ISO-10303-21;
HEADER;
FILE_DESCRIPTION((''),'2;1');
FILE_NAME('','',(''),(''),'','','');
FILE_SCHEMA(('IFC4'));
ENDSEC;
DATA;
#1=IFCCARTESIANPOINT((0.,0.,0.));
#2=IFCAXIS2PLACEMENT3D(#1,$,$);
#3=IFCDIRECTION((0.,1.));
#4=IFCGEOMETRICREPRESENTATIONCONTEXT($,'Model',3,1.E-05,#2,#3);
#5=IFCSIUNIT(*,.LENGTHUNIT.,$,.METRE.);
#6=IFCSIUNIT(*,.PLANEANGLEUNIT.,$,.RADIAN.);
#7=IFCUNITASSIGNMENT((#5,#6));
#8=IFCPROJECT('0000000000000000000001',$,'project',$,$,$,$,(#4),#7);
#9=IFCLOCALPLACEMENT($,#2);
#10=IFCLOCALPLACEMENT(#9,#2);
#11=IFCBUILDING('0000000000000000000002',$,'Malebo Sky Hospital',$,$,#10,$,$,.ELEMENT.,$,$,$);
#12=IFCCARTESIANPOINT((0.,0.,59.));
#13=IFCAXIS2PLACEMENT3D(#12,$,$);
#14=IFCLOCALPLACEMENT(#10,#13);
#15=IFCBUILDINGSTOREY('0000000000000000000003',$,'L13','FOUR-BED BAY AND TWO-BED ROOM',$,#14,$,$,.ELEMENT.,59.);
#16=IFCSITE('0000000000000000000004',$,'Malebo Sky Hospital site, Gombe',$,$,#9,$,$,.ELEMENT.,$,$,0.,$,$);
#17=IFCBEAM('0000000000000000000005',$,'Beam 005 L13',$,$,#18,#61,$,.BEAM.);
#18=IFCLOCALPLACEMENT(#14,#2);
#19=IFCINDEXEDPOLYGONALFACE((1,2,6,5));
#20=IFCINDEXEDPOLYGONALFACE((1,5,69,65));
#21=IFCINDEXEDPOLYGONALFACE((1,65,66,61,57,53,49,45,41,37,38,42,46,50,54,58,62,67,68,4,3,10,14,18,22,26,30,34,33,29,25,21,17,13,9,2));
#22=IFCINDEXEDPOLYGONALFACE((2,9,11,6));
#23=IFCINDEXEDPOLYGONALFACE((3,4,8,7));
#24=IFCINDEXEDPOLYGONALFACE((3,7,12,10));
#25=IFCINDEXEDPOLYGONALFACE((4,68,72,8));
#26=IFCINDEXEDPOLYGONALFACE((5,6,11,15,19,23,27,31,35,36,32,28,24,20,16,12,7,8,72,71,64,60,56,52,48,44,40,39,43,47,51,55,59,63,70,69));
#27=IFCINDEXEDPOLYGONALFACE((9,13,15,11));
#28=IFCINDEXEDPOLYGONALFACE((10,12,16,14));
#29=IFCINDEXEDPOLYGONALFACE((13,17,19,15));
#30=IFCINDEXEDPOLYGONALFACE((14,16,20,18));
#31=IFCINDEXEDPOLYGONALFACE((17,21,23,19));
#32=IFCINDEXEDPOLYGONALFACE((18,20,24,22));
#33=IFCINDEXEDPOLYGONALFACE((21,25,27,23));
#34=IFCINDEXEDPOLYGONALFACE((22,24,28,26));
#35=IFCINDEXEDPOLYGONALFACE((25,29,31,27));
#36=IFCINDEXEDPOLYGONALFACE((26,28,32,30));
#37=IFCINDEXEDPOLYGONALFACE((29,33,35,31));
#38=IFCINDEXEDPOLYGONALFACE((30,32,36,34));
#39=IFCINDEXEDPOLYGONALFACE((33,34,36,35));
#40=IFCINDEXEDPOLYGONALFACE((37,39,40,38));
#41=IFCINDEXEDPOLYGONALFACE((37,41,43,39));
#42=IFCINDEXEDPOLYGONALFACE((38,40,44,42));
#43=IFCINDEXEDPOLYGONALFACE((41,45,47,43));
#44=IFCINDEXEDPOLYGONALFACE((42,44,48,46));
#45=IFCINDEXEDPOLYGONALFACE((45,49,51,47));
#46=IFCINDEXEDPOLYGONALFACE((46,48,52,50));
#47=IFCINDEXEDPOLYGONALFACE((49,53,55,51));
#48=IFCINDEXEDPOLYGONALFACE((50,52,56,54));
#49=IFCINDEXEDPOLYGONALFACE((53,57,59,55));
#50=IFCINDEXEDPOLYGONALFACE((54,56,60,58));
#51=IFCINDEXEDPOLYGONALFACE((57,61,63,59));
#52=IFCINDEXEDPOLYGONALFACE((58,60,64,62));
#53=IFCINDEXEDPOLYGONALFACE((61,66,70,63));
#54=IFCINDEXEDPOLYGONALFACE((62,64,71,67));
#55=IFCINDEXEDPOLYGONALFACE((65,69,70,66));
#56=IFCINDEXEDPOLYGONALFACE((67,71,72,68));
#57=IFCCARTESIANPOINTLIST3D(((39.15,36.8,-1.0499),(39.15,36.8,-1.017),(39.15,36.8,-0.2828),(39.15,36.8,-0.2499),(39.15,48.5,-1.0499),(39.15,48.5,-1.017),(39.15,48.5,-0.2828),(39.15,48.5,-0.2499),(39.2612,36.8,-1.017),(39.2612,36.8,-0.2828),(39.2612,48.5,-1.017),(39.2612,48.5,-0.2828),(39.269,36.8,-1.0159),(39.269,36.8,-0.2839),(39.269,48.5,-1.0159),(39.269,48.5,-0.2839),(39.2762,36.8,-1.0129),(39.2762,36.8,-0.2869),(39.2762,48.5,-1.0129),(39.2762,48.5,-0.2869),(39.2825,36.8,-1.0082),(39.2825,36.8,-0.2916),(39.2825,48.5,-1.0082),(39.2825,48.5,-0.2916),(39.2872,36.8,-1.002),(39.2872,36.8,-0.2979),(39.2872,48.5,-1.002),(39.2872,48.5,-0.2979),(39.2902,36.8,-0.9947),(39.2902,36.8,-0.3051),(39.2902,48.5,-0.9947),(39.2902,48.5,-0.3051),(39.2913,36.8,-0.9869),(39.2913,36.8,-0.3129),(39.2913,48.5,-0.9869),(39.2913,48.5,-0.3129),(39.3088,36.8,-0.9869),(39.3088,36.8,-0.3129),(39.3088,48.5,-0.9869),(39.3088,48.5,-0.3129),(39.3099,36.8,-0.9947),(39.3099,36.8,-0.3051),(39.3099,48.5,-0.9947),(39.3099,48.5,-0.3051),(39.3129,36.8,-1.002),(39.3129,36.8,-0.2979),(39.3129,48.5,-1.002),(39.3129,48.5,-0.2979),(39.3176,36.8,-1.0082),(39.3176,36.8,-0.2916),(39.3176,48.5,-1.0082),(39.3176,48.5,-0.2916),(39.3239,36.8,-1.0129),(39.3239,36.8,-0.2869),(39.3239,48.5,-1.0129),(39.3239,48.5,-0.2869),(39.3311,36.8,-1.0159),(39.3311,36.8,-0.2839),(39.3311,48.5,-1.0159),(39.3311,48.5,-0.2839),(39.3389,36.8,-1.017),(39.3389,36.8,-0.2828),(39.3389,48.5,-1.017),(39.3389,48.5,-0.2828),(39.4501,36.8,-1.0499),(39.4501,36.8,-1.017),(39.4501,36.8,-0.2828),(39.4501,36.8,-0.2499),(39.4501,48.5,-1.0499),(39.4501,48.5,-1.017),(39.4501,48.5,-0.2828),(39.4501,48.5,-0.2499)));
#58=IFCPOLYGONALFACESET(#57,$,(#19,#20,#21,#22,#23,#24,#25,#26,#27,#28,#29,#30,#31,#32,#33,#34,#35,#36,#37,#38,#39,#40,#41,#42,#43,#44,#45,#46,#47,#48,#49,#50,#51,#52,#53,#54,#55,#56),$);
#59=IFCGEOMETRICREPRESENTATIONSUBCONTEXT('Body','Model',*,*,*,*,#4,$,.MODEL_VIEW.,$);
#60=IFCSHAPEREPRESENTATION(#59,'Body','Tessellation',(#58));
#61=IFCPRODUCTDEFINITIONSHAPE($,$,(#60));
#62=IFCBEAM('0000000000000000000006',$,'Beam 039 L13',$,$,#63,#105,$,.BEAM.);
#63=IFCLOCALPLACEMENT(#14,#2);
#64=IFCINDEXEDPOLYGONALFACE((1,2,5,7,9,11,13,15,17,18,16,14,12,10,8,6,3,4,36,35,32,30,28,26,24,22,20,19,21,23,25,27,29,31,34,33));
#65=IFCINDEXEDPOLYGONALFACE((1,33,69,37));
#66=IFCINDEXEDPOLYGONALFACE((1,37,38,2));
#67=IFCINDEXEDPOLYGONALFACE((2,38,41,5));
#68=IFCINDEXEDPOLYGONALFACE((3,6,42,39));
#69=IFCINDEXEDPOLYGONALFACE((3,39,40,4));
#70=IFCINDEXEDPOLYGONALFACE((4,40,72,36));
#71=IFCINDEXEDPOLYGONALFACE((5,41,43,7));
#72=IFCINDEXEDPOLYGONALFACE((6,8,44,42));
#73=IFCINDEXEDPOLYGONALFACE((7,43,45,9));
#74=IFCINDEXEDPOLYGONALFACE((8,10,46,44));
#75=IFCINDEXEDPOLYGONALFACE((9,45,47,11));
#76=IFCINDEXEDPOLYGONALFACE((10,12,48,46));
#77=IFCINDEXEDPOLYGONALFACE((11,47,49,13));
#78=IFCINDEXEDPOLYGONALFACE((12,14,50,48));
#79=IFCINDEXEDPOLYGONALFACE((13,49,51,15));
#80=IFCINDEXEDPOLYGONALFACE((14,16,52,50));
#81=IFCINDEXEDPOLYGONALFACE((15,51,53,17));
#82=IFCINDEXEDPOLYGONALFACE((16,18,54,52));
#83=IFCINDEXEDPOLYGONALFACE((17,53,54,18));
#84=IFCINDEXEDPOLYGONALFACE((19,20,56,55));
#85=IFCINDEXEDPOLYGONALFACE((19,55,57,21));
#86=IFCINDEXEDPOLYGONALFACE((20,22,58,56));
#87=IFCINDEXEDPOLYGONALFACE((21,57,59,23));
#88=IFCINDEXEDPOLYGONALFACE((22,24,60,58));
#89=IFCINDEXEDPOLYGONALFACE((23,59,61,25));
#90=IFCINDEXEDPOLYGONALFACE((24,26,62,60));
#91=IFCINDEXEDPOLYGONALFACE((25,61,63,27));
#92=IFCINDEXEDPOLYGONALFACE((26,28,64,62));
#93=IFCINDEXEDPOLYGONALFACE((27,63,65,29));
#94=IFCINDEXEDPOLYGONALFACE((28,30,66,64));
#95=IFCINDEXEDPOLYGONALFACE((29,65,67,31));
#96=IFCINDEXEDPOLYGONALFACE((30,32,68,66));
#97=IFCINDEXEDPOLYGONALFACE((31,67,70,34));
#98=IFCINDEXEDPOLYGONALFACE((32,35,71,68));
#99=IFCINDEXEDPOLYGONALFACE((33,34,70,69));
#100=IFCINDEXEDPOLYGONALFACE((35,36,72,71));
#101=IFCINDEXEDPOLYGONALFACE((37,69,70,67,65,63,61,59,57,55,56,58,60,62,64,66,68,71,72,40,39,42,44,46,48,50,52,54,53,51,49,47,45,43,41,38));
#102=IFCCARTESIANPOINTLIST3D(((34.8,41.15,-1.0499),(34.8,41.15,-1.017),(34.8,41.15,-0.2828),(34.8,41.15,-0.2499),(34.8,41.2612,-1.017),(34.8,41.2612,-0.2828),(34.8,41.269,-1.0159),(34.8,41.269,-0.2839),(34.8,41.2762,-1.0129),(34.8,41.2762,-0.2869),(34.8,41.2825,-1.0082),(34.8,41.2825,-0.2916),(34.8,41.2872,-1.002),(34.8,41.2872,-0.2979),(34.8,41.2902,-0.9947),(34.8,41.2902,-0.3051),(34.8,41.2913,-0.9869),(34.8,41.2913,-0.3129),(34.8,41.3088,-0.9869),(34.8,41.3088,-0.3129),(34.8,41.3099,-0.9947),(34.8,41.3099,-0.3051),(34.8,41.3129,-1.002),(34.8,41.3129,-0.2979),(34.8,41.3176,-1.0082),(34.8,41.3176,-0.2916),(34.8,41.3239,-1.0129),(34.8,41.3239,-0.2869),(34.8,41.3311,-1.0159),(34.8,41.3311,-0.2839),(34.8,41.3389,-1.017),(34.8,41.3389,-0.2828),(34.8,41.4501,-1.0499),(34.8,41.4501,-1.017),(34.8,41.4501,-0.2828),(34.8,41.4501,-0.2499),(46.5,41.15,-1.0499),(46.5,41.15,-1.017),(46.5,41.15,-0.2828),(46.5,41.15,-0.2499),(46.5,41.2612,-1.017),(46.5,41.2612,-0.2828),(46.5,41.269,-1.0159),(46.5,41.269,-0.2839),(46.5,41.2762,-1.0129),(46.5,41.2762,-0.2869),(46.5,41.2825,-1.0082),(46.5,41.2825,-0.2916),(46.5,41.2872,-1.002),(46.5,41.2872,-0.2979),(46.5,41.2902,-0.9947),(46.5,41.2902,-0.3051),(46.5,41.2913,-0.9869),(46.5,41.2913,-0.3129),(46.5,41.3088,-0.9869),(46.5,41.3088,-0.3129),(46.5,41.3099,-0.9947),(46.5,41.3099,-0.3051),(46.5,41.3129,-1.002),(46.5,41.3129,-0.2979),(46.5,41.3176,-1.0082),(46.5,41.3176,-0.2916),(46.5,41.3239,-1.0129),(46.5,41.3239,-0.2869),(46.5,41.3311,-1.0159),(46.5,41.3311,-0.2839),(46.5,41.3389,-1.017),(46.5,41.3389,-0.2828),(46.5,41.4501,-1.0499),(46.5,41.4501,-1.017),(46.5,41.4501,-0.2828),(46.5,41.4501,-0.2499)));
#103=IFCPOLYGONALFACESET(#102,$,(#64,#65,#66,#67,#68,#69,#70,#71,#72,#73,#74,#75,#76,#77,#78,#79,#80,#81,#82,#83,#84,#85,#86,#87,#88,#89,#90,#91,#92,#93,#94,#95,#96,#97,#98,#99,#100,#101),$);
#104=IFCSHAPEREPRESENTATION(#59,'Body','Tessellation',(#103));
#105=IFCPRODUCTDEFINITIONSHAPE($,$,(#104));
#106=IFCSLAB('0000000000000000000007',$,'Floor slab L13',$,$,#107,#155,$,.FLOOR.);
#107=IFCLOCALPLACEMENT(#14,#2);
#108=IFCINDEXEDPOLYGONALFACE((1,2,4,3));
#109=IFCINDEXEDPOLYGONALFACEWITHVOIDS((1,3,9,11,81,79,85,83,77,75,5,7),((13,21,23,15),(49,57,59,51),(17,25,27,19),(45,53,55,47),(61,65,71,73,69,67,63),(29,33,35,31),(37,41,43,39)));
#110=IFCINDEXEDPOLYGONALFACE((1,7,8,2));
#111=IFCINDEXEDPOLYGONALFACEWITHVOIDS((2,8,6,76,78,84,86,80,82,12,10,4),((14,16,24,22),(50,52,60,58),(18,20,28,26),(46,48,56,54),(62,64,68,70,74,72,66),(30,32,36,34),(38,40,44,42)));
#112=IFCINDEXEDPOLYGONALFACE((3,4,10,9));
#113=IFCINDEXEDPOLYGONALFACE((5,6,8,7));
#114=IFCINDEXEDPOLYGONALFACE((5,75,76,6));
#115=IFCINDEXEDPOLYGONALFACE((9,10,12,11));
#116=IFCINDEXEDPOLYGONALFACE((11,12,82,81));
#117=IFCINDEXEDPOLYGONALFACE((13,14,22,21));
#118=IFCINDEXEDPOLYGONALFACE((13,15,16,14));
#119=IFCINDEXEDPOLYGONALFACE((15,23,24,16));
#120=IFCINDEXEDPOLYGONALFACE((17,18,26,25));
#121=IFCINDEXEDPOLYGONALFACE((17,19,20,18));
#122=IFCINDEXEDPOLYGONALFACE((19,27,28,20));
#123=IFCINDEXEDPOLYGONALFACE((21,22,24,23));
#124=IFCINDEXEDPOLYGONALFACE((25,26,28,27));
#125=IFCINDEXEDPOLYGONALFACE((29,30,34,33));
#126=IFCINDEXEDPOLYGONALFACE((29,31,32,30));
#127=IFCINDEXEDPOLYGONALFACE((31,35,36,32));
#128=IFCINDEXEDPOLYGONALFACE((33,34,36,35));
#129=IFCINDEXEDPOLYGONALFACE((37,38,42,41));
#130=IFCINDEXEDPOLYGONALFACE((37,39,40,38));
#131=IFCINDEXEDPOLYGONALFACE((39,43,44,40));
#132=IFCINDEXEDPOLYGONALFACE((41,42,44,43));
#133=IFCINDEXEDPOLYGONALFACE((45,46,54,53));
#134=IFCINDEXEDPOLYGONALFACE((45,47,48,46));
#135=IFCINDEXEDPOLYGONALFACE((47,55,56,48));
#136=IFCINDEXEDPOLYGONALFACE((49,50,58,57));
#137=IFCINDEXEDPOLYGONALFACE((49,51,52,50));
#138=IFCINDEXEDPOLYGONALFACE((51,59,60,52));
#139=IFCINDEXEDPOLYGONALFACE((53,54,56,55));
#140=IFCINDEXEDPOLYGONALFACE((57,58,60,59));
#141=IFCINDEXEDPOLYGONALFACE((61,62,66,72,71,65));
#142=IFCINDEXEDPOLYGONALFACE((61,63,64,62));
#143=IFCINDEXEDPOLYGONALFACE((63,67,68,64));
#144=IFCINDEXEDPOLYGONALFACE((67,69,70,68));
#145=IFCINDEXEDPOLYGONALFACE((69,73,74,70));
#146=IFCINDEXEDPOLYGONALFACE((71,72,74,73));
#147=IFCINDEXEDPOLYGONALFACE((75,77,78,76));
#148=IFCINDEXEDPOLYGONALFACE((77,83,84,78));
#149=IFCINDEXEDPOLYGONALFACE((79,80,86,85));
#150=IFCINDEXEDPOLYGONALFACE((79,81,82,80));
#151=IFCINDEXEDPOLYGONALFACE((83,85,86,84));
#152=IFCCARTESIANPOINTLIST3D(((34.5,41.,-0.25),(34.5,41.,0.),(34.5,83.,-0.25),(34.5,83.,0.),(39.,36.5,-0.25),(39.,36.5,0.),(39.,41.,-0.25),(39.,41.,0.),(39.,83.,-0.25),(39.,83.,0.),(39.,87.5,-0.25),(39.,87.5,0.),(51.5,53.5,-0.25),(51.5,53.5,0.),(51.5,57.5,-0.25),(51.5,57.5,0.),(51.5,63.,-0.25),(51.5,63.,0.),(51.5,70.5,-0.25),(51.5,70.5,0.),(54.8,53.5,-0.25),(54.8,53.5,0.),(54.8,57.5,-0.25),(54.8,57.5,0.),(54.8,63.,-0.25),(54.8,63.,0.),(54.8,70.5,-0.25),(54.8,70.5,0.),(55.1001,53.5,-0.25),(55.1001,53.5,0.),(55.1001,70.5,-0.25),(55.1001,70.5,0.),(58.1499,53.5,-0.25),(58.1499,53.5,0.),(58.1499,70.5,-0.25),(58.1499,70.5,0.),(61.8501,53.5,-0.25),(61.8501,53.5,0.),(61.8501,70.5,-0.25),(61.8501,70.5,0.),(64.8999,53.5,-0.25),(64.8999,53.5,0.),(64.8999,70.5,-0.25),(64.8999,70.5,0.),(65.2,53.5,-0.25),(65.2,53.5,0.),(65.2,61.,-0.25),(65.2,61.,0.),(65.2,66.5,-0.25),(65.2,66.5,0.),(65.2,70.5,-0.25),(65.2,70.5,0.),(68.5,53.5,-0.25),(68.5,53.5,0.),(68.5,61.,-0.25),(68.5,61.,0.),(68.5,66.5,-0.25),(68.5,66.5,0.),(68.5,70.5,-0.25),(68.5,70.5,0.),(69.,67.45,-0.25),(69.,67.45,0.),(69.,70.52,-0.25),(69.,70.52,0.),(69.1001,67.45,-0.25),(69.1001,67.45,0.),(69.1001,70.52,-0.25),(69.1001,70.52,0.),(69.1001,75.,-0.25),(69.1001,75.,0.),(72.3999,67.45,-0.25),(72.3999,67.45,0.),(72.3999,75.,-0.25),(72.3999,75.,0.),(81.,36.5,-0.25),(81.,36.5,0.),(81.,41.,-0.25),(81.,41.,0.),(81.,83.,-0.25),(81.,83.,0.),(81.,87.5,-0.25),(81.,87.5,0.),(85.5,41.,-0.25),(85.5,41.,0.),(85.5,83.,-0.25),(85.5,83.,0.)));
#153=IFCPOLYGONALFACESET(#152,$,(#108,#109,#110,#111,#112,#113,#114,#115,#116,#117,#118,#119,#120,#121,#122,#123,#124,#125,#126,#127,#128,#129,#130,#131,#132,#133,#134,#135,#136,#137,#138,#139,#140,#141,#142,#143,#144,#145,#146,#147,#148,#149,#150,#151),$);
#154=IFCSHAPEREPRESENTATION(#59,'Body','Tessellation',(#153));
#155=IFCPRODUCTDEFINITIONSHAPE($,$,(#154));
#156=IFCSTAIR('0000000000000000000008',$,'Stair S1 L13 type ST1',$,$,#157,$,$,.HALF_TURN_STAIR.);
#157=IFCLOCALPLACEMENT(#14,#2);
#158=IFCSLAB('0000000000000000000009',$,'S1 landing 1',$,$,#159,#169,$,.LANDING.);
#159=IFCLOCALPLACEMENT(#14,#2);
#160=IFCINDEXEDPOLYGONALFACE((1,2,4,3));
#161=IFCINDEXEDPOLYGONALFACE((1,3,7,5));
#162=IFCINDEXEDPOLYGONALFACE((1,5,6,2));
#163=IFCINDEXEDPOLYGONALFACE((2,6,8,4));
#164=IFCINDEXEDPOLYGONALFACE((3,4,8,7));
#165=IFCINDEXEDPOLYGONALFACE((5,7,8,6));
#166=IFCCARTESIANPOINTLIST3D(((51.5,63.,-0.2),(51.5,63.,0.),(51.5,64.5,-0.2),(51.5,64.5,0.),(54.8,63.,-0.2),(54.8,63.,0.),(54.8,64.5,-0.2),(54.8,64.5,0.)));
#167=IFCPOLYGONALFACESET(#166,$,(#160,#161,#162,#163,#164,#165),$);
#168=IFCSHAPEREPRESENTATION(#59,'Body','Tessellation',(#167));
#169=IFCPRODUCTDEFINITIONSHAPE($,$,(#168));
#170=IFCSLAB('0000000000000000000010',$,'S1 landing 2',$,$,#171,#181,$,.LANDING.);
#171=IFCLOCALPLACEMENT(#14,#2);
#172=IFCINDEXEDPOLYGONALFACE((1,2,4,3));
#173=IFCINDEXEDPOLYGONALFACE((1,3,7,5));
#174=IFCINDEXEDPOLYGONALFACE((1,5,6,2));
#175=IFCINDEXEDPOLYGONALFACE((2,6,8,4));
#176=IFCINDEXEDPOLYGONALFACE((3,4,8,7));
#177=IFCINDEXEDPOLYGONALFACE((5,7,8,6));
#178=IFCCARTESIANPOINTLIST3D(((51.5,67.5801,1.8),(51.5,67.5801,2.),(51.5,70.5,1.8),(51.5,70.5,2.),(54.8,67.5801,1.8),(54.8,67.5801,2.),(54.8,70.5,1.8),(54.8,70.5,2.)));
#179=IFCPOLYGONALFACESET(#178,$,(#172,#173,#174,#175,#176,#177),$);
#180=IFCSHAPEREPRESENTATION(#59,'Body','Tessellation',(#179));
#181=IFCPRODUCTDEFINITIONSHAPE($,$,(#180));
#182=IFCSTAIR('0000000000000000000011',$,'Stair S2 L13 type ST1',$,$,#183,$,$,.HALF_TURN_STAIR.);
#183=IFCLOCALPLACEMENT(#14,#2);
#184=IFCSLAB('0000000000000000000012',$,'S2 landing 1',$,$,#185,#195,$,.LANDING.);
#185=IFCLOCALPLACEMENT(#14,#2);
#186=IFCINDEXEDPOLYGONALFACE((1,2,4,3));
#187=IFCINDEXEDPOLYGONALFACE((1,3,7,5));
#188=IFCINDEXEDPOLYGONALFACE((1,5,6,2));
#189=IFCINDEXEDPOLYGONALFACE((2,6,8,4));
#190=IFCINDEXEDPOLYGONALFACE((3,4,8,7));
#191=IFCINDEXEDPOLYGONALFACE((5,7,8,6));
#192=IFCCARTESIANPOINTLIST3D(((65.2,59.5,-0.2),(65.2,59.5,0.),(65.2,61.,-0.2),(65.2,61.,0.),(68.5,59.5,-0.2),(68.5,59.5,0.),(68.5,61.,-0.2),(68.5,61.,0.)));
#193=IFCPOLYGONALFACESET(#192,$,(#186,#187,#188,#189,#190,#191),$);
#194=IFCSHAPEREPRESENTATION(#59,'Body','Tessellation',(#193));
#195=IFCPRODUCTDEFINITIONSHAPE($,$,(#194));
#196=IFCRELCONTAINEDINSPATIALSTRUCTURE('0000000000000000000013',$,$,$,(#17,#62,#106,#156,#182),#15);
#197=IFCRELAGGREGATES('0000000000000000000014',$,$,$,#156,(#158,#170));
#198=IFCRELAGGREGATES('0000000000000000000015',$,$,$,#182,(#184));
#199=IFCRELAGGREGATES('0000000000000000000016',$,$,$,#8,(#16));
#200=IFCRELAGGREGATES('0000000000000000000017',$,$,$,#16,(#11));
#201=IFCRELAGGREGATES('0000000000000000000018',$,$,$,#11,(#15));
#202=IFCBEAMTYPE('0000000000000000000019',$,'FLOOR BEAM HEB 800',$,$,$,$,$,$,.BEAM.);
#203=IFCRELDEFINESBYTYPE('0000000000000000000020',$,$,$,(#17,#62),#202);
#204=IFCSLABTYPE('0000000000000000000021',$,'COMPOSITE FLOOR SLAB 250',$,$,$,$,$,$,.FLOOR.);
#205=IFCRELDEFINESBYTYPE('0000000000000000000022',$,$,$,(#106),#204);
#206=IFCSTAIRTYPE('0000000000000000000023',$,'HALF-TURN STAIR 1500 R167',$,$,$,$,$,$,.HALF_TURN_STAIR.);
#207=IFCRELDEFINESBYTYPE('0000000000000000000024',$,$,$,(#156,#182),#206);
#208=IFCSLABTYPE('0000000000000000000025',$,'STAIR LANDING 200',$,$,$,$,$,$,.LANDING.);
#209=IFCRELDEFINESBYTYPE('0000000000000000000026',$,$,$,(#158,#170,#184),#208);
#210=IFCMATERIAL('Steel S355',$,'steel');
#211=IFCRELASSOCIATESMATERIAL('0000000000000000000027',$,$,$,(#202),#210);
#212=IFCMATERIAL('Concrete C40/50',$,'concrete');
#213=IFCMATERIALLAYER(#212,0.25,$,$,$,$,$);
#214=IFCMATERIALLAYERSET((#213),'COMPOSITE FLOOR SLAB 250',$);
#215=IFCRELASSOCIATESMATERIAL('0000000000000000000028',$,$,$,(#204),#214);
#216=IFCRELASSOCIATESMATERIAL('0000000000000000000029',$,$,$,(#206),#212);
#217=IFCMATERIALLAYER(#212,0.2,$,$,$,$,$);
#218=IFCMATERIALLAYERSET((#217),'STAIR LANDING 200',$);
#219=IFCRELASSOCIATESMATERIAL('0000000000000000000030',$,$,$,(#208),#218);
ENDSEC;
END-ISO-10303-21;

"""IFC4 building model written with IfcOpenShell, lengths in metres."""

from ifc_helpers import new_model, si_unit, direction, frame, origin, origin_2d, place, context, subcontext, project, spatial, polyline, i_section, outline, extrude, material, layer, layer_set, material_profile, profile_set, type_object, element, aggregate, save


model = new_model("IFC4")

# Units and contexts
model_context = context("Model", 3, precision=1e-05, world=origin(), true_north=direction((0.0, 1.0)))
body_context = subcontext(model_context, "Body", "Model", "MODEL_VIEW")
ifc_project = project(units=[si_unit("LENGTHUNIT", "METRE"), si_unit("PLANEANGLEUNIT", "RADIAN")], contexts=[model_context])

# Site, building, storey
site_placement = place(None, origin())
site = spatial("IfcSite", under=ifc_project, at=site_placement, Name="Malebo Sky Hospital site, Gombe", CompositionType="ELEMENT", RefElevation=0.0)
building_placement = place(site_placement, origin())
building = spatial("IfcBuilding", under=site, at=building_placement, Name="Malebo Sky Hospital", CompositionType="ELEMENT")
storey_placement = place(building_placement, frame((0.0, 0.0, 59.0)))
storey = spatial("IfcBuildingStorey", under=building, at=storey_placement, Name="L13", Description="FOUR-BED BAY AND TWO-BED ROOM", CompositionType="ELEMENT", Elevation=59.0)

# Shared definitions
ifc_material_1 = material(Name="Steel S355", Category="steel")

# Beams
ifc_material_profile_1 = material_profile(ifc_material_1, i_section(OverallWidth=0.3, OverallDepth=0.8, WebThickness=0.0176, FlangeThickness=0.033, FilletRadius=0.03, at=origin_2d()), Name="HEB 800")
ifc_profile_set_1 = profile_set([ifc_material_profile_1], Name="Steel S355")
beam_type_1 = type_object("IfcBeamType", Name="FLOOR BEAM HEB 800", PredefinedType="BEAM", material=ifc_profile_set_1)
for number, where, z_axis, x_axis, name in (
    (1, (39.3, 36.8, -0.6499), (0.0, 1.0, 0.0), (-1.0, 0.0, 0.0), "Beam 005 L13"),
    (2, (34.8, 41.3, -0.6499), (1.0, 0.0, 0.0), (0.0, 1.0, 0.0), "Beam 039 L13"),
):
    element("IfcBeam", number, at=place(storey_placement, frame(where, z_axis=z_axis, x_axis=x_axis)), inside=storey, type_object=beam_type_1, Name=name, PredefinedType="BEAM", context=body_context, shape_type="SweptSolid", body=[
        extrude(i_section(OverallWidth=0.3, OverallDepth=0.8, WebThickness=0.0176, FlangeThickness=0.033, FilletRadius=0.03, at=origin_2d()), origin(), (0.0, 0.0, 1.0), 11.7),
    ])

# Slab
ifc_material_2 = material(Name="Concrete C40/50", Category="concrete")
ifc_layer_1 = layer(ifc_material_2, 0.25)
ifc_layer_set_1 = layer_set([ifc_layer_1], Name="COMPOSITE FLOOR SLAB 250")
slab_type_1 = type_object("IfcSlabType", Name="COMPOSITE FLOOR SLAB 250", PredefinedType="FLOOR", material=ifc_layer_set_1)
slab_1_placement = place(storey_placement, frame((0.0, 0.0, -0.25)))
element("IfcSlab", 3, at=slab_1_placement, inside=storey, type_object=slab_type_1, Name="Floor slab L13", PredefinedType="FLOOR", context=body_context, shape_type="SweptSolid", body=[
    extrude(outline(polyline([(39.0, 87.5), (39.0, 83.0), (34.5, 83.0), (34.5, 41.0), (39.0, 41.0), (39.0, 36.5), (81.0, 36.5), (81.0, 41.0), (85.5, 41.0), (85.5, 83.0), (81.0, 83.0), (81.0, 87.5), (39.0, 87.5)]), holes=[polyline([(55.1001, 70.5), (58.1499, 70.5), (58.1499, 53.5), (55.1001, 53.5), (55.1001, 70.5)]), polyline([(64.8999, 70.5), (64.8999, 53.5), (61.8501, 53.5), (61.8501, 70.5), (64.8999, 70.5)]), polyline([(54.8, 63.0), (51.5, 63.0), (51.5, 70.5), (54.8, 70.5), (54.8, 63.0)]), polyline([(51.5, 53.5), (51.5, 57.5), (54.8, 57.5), (54.8, 53.5), (51.5, 53.5)]), polyline([(65.2, 61.0), (68.5, 61.0), (68.5, 53.5), (65.2, 53.5), (65.2, 61.0)]), polyline([(68.5, 70.5), (68.5, 66.5), (65.2, 66.5), (65.2, 70.5), (68.5, 70.5)]), polyline([(69.0, 67.45), (69.0, 70.52), (69.1001, 70.52), (69.1001, 75.0), (72.3999, 75.0), (72.3999, 67.45), (69.1001, 67.45), (69.0, 67.45)])]), origin(), (0.0, 0.0, 1.0), 0.25),
])

# Stairs, slabs
stair_type_1 = type_object("IfcStairType", Name="HALF-TURN STAIR 1500 R167", PredefinedType="HALF_TURN_STAIR", material=ifc_material_2)
stair_1_placement = place(storey_placement, origin())
stair_1 = element("IfcStair", 4, at=stair_1_placement, inside=storey, type_object=stair_type_1, Name="Stair S1 L13 type ST1", PredefinedType="HALF_TURN_STAIR")
ifc_layer_2 = layer(ifc_material_2, 0.2)
ifc_layer_set_2 = layer_set([ifc_layer_2], Name="STAIR LANDING 200")
slab_type_2 = type_object("IfcSlabType", Name="STAIR LANDING 200", PredefinedType="LANDING", material=ifc_layer_set_2)
slab_2_placement = place(storey_placement, frame((0.0, 0.0, -0.2)))
slab_2 = element("IfcSlab", 5, at=slab_2_placement, type_object=slab_type_2, Name="S1 landing 1", PredefinedType="LANDING", context=body_context, shape_type="SweptSolid", body=[
    extrude(outline(polyline([(51.5, 63.0), (54.8, 63.0), (54.8, 64.5), (51.5, 64.5), (51.5, 63.0)])), origin(), (0.0, 0.0, 1.0), 0.2),
])
slab_3_placement = place(storey_placement, frame((0.0, 0.0, 1.8)))
slab_3 = element("IfcSlab", 6, at=slab_3_placement, type_object=slab_type_2, Name="S1 landing 2", PredefinedType="LANDING", context=body_context, shape_type="SweptSolid", body=[
    extrude(outline(polyline([(51.5, 67.5801), (54.8, 67.5801), (54.8, 70.5), (51.5, 70.5), (51.5, 67.5801)])), origin(), (0.0, 0.0, 1.0), 0.2),
])
aggregate(stair_1, [slab_2, slab_3])
stair_2_placement = place(storey_placement, origin())
stair_2 = element("IfcStair", 7, at=stair_2_placement, inside=storey, type_object=stair_type_1, Name="Stair S2 L13 type ST1", PredefinedType="HALF_TURN_STAIR")
slab_4_placement = place(storey_placement, frame((0.0, 0.0, -0.2)))
slab_4 = element("IfcSlab", 8, at=slab_4_placement, type_object=slab_type_2, Name="S2 landing 1", PredefinedType="LANDING", context=body_context, shape_type="SweptSolid", body=[
    extrude(outline(polyline([(65.2, 59.5), (68.5, 59.5), (68.5, 61.0), (65.2, 61.0), (65.2, 59.5)])), origin(), (0.0, 0.0, 1.0), 0.2),
])
aggregate(stair_2, [slab_4])

save(model, "model.ifc")
